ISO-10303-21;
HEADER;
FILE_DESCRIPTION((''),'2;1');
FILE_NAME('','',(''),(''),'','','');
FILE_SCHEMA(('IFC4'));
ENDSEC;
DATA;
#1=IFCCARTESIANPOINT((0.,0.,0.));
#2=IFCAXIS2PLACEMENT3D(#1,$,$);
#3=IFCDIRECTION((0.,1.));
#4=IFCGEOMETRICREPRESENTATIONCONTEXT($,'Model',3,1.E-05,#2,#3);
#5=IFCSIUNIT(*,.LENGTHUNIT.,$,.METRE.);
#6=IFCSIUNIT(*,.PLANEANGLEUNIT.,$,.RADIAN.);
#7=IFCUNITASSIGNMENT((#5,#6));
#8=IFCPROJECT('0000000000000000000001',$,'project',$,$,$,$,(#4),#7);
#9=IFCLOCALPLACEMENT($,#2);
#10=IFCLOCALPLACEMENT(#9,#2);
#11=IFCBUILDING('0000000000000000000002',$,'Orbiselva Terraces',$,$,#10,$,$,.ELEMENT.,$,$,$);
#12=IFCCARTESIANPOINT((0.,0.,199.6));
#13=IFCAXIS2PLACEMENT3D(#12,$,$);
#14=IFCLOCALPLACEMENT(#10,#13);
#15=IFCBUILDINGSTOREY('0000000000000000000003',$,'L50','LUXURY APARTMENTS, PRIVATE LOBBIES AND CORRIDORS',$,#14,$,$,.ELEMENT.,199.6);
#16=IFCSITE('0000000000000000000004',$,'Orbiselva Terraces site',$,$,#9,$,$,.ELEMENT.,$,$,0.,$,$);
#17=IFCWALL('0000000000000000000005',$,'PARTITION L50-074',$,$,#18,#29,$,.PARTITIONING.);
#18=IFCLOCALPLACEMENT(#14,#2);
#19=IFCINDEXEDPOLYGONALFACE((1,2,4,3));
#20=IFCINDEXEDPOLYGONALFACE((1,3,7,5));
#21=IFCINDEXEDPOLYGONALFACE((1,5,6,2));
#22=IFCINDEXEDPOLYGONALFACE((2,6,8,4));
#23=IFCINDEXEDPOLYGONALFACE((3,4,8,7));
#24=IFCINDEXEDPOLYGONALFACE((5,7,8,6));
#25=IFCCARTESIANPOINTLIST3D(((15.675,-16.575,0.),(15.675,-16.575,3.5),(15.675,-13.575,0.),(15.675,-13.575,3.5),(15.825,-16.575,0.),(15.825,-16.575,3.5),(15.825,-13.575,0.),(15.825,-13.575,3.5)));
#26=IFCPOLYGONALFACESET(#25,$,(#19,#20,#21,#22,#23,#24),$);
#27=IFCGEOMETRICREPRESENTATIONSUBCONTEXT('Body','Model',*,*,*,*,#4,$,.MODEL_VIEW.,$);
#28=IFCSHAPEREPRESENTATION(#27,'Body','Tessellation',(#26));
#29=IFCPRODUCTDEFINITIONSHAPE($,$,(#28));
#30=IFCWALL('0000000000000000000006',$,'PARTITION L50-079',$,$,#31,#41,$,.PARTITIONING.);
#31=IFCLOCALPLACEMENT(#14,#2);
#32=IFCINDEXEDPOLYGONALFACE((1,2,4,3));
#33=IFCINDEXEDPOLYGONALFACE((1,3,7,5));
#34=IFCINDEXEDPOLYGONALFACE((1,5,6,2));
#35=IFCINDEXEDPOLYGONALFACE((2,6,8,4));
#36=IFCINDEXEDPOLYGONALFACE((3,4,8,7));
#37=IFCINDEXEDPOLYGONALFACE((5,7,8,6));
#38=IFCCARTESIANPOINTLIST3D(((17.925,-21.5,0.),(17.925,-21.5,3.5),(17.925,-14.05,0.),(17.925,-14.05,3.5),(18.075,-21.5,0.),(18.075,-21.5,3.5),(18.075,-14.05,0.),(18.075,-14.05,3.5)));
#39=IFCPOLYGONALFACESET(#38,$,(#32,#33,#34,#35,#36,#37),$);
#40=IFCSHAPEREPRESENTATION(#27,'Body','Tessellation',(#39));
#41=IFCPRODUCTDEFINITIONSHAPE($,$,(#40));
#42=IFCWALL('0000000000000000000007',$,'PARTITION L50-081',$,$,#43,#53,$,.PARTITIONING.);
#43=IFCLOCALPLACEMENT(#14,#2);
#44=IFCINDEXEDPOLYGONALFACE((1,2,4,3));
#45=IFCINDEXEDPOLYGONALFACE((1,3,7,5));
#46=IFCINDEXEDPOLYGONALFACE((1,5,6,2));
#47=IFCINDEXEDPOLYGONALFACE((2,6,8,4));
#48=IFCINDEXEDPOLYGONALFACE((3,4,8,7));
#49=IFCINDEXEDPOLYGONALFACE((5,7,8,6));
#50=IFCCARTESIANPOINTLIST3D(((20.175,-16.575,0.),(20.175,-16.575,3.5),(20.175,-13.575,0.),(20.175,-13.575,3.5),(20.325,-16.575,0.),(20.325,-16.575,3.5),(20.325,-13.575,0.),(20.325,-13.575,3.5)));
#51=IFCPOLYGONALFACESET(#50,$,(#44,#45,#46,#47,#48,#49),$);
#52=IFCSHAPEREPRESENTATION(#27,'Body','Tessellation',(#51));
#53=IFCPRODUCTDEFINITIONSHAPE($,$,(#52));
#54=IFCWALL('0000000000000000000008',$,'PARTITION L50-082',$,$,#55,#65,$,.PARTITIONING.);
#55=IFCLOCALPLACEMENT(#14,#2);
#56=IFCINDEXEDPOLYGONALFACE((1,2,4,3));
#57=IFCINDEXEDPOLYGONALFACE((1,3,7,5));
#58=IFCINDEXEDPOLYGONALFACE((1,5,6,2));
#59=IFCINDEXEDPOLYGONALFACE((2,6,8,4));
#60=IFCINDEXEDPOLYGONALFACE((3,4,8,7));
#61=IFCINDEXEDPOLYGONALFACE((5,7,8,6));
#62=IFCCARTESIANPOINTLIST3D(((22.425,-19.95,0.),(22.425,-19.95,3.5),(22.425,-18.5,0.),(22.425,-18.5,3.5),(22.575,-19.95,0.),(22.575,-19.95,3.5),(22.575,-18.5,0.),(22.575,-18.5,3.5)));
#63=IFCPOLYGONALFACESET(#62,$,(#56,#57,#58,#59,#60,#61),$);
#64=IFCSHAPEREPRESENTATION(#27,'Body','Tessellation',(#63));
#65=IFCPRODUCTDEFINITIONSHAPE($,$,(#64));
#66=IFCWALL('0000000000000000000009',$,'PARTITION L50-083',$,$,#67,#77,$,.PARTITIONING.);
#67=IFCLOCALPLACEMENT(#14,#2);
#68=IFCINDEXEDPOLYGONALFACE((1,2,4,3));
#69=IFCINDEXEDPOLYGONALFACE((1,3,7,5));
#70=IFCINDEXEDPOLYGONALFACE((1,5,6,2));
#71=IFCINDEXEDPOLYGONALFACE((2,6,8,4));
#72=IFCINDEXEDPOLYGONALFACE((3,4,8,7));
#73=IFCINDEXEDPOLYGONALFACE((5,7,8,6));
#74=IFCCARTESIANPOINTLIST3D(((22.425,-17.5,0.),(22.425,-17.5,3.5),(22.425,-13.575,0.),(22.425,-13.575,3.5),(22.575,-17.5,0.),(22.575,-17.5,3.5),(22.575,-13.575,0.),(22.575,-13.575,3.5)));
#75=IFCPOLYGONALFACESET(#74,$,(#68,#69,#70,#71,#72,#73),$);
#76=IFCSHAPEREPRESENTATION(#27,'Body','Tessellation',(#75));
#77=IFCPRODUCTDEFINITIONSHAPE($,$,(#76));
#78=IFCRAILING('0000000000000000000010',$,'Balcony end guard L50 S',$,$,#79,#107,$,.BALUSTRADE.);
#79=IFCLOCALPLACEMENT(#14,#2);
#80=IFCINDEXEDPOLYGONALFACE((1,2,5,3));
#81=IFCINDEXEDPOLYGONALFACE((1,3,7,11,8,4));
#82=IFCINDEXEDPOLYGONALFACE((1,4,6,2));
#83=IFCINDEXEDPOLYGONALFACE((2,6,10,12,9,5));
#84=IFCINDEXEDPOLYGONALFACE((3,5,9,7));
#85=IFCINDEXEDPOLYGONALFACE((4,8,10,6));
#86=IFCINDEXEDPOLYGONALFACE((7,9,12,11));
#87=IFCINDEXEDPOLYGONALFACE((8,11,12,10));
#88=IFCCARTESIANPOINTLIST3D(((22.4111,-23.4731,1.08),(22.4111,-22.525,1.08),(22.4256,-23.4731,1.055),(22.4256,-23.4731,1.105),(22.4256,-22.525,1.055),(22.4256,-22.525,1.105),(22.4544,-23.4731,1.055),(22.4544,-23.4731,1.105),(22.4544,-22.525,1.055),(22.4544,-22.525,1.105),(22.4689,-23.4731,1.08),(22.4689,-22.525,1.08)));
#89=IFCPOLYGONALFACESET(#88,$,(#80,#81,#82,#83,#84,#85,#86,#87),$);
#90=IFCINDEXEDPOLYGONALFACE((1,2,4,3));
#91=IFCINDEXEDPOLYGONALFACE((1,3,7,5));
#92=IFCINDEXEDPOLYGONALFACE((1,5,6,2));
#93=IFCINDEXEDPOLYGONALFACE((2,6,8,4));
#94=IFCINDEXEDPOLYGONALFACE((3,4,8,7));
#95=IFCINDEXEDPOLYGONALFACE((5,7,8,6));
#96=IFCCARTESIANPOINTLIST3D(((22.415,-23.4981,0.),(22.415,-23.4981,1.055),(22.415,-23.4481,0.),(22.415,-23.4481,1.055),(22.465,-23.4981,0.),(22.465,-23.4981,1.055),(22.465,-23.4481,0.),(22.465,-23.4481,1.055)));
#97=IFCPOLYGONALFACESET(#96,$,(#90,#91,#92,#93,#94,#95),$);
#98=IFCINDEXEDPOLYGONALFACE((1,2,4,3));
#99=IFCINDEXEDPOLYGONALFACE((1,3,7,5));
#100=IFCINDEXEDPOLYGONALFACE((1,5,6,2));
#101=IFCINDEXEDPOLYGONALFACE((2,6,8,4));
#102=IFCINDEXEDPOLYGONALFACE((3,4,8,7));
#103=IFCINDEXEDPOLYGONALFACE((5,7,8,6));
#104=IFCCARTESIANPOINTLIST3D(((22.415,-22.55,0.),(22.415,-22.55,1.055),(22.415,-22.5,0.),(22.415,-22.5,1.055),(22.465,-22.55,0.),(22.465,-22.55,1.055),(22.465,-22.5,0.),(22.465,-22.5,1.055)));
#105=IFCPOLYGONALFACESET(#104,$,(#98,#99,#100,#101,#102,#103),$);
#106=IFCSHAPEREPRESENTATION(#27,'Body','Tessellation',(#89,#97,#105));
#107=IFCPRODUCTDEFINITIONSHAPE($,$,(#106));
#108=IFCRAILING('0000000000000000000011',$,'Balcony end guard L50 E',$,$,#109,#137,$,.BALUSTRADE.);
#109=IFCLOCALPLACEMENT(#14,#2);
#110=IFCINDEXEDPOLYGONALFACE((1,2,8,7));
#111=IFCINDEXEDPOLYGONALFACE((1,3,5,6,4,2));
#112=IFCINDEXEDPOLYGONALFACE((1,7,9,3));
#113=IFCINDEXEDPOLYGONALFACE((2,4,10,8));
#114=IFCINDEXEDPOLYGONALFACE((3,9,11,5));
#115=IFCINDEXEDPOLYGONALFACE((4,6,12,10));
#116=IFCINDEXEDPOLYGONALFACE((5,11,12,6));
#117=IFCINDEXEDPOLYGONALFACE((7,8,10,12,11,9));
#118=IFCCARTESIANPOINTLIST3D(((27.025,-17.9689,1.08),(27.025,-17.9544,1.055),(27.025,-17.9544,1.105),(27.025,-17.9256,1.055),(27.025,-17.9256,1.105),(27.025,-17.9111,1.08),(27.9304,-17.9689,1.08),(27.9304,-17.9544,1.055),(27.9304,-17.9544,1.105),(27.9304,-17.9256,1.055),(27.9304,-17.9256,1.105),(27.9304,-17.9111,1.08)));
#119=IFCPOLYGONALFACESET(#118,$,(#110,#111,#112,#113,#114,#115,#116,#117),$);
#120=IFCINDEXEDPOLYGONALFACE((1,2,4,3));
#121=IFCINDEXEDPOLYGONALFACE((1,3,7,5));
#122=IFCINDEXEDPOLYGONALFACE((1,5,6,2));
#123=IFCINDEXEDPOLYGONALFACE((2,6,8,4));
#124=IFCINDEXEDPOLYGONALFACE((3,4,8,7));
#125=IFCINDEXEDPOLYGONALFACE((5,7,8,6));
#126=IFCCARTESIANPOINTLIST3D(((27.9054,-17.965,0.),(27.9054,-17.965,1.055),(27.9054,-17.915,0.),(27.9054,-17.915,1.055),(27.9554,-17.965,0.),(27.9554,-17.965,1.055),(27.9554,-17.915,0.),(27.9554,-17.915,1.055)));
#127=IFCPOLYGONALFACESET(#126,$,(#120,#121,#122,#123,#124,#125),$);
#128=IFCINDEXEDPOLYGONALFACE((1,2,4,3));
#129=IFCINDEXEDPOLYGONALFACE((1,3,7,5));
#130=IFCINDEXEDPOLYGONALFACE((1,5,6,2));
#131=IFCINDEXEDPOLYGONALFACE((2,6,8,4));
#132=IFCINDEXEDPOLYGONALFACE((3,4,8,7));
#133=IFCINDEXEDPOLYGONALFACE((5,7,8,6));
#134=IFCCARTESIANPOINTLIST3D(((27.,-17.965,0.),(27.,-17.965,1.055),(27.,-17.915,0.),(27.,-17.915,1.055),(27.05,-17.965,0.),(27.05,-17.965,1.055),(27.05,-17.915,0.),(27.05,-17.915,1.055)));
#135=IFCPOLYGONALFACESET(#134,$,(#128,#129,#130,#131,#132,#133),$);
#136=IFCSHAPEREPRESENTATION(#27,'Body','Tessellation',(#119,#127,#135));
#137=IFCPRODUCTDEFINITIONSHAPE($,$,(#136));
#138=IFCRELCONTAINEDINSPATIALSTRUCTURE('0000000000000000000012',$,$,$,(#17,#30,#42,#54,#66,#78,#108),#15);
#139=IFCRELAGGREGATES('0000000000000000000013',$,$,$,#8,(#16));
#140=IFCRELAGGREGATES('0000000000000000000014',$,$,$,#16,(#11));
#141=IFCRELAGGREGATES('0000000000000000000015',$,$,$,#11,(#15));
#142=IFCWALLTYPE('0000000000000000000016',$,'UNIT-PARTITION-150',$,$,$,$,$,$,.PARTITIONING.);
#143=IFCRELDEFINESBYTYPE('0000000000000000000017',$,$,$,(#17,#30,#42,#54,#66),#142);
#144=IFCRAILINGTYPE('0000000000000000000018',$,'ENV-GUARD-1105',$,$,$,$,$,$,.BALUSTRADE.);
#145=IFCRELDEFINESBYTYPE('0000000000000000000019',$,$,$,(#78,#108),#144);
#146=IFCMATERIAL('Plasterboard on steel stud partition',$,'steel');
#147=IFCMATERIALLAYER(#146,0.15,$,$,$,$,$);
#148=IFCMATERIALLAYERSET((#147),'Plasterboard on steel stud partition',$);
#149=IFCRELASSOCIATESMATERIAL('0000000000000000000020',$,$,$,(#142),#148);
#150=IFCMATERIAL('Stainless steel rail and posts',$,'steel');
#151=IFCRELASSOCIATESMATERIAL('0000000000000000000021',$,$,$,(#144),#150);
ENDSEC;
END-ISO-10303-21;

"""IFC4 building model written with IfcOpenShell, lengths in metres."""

from ifc_helpers import new_model, si_unit, direction, frame, frame_2d, origin, origin_2d, place, context, subcontext, project, spatial, polyline, rectangle, outline, extrude, material, layer, layer_set, type_object, element, save


model = new_model("IFC4")

# Units and contexts
model_context = context("Model", 3, precision=1e-05, world=origin(), true_north=direction((0.0, 1.0)))
body_context = subcontext(model_context, "Body", "Model", "MODEL_VIEW")
ifc_project = project(units=[si_unit("LENGTHUNIT", "METRE"), si_unit("PLANEANGLEUNIT", "RADIAN")], contexts=[model_context])

# Site, building, storey
site_placement = place(None, origin())
site = spatial("IfcSite", under=ifc_project, at=site_placement, Name="Orbiselva Terraces site", CompositionType="ELEMENT", RefElevation=0.0)
building_placement = place(site_placement, origin())
building = spatial("IfcBuilding", under=site, at=building_placement, Name="Orbiselva Terraces", CompositionType="ELEMENT")
storey_placement = place(building_placement, frame((0.0, 0.0, 199.6)))
storey = spatial("IfcBuildingStorey", under=building, at=storey_placement, Name="L50", Description="LUXURY APARTMENTS, PRIVATE LOBBIES AND CORRIDORS", CompositionType="ELEMENT", Elevation=199.6)

# Walls
ifc_material_1 = material(Name="Plasterboard on steel stud partition", Category="steel")
ifc_layer_1 = layer(ifc_material_1, 0.15)
ifc_layer_set_1 = layer_set([ifc_layer_1], Name="Plasterboard on steel stud partition")
wall_type_1 = type_object("IfcWallType", Name="UNIT-PARTITION-150", PredefinedType="PARTITIONING", material=ifc_layer_set_1)
wall_1_placement = place(storey_placement, frame((15.75, -16.575, 0.0), z_axis=(0.0, 0.0, 1.0), x_axis=(0.0, 1.0, 0.0)))
element("IfcWall", 1, at=wall_1_placement, inside=storey, type_object=wall_type_1, Name="PARTITION L50-074", PredefinedType="PARTITIONING", context=body_context, shape_type="SweptSolid", body=[
    extrude(rectangle(XDim=3.0, YDim=0.15, at=frame_2d((1.5, 0.0))), origin(), (0.0, 0.0, 1.0), 3.5),
])
wall_2_placement = place(storey_placement, frame((18.0, -21.5, 0.0), z_axis=(0.0, 0.0, 1.0), x_axis=(0.0, 1.0, 0.0)))
element("IfcWall", 2, at=wall_2_placement, inside=storey, type_object=wall_type_1, Name="PARTITION L50-079", PredefinedType="PARTITIONING", context=body_context, shape_type="SweptSolid", body=[
    extrude(rectangle(XDim=7.45, YDim=0.15, at=frame_2d((3.725, 0.0))), origin(), (0.0, 0.0, 1.0), 3.5),
])
wall_3_placement = place(storey_placement, frame((20.25, -16.575, 0.0), z_axis=(0.0, 0.0, 1.0), x_axis=(0.0, 1.0, 0.0)))
element("IfcWall", 3, at=wall_3_placement, inside=storey, type_object=wall_type_1, Name="PARTITION L50-081", PredefinedType="PARTITIONING", context=body_context, shape_type="SweptSolid", body=[
    extrude(rectangle(XDim=3.0, YDim=0.15, at=frame_2d((1.5, 0.0))), origin(), (0.0, 0.0, 1.0), 3.5),
])
wall_4_placement = place(storey_placement, frame((22.5, -19.95, 0.0), z_axis=(0.0, 0.0, 1.0), x_axis=(0.0, 1.0, 0.0)))
element("IfcWall", 4, at=wall_4_placement, inside=storey, type_object=wall_type_1, Name="PARTITION L50-082", PredefinedType="PARTITIONING", context=body_context, shape_type="SweptSolid", body=[
    extrude(rectangle(XDim=1.45, YDim=0.15, at=frame_2d((0.725, 0.0))), origin(), (0.0, 0.0, 1.0), 3.5),
])
wall_5_placement = place(storey_placement, frame((22.5, -17.5, 0.0), z_axis=(0.0, 0.0, 1.0), x_axis=(0.0, 1.0, 0.0)))
element("IfcWall", 5, at=wall_5_placement, inside=storey, type_object=wall_type_1, Name="PARTITION L50-083", PredefinedType="PARTITIONING", context=body_context, shape_type="SweptSolid", body=[
    extrude(rectangle(XDim=3.925, YDim=0.15, at=frame_2d((1.9625, 0.0))), origin(), (0.0, 0.0, 1.0), 3.5),
])

# Railings
ifc_material_2 = material(Name="Stainless steel rail and posts", Category="steel")
railing_type_1 = type_object("IfcRailingType", Name="ENV-GUARD-1105", PredefinedType="BALUSTRADE", material=ifc_material_2)
railing_1_placement = place(storey_placement, frame((22.44, -23.4731, 0.0)))
element("IfcRailing", 6, at=railing_1_placement, inside=storey, type_object=railing_type_1, Name="Balcony end guard L50 S", PredefinedType="BALUSTRADE", context=body_context, shape_type="SweptSolid", body=[
    extrude(outline(polyline([(0.0289, 0.0), (0.0144, 0.025), (-0.0144, 0.025), (-0.0289, 0.0), (-0.0144, -0.025), (0.0144, -0.025), (0.0289, 0.0)])), frame((0.0, 0.0, 1.08), z_axis=(0.0, 1.0, 0.0), x_axis=(-1.0, 0.0, 0.0)), (0.0, 0.0, 1.0), 0.9481),
    extrude(rectangle(XDim=0.05, YDim=0.05, at=origin_2d()), origin(), (0.0, 0.0, 1.0), 1.055),
    extrude(rectangle(XDim=0.05, YDim=0.05, at=origin_2d()), frame((0.0, 0.9481, 0.0)), (0.0, 0.0, 1.0), 1.055),
])
railing_2_placement = place(storey_placement, frame((27.9304, -17.94, 0.0)))
element("IfcRailing", 7, at=railing_2_placement, inside=storey, type_object=railing_type_1, Name="Balcony end guard L50 E", PredefinedType="BALUSTRADE", context=body_context, shape_type="SweptSolid", body=[
    extrude(outline(polyline([(0.0289, 0.0), (0.0144, 0.025), (-0.0144, 0.025), (-0.0289, 0.0), (-0.0144, -0.025), (0.0144, -0.025), (0.0289, 0.0)])), frame((0.0, 0.0, 1.08), z_axis=(-1.0, 0.0, 0.0), x_axis=(0.0, -1.0, 0.0)), (0.0, 0.0, 1.0), 0.9054),
    extrude(rectangle(XDim=0.05, YDim=0.05, at=origin_2d()), origin(), (0.0, 0.0, 1.0), 1.055),
    extrude(rectangle(XDim=0.05, YDim=0.05, at=origin_2d()), frame((-0.9054, 0.0, 0.0)), (0.0, 0.0, 1.0), 1.055),
])

save(model, "model.ifc")
